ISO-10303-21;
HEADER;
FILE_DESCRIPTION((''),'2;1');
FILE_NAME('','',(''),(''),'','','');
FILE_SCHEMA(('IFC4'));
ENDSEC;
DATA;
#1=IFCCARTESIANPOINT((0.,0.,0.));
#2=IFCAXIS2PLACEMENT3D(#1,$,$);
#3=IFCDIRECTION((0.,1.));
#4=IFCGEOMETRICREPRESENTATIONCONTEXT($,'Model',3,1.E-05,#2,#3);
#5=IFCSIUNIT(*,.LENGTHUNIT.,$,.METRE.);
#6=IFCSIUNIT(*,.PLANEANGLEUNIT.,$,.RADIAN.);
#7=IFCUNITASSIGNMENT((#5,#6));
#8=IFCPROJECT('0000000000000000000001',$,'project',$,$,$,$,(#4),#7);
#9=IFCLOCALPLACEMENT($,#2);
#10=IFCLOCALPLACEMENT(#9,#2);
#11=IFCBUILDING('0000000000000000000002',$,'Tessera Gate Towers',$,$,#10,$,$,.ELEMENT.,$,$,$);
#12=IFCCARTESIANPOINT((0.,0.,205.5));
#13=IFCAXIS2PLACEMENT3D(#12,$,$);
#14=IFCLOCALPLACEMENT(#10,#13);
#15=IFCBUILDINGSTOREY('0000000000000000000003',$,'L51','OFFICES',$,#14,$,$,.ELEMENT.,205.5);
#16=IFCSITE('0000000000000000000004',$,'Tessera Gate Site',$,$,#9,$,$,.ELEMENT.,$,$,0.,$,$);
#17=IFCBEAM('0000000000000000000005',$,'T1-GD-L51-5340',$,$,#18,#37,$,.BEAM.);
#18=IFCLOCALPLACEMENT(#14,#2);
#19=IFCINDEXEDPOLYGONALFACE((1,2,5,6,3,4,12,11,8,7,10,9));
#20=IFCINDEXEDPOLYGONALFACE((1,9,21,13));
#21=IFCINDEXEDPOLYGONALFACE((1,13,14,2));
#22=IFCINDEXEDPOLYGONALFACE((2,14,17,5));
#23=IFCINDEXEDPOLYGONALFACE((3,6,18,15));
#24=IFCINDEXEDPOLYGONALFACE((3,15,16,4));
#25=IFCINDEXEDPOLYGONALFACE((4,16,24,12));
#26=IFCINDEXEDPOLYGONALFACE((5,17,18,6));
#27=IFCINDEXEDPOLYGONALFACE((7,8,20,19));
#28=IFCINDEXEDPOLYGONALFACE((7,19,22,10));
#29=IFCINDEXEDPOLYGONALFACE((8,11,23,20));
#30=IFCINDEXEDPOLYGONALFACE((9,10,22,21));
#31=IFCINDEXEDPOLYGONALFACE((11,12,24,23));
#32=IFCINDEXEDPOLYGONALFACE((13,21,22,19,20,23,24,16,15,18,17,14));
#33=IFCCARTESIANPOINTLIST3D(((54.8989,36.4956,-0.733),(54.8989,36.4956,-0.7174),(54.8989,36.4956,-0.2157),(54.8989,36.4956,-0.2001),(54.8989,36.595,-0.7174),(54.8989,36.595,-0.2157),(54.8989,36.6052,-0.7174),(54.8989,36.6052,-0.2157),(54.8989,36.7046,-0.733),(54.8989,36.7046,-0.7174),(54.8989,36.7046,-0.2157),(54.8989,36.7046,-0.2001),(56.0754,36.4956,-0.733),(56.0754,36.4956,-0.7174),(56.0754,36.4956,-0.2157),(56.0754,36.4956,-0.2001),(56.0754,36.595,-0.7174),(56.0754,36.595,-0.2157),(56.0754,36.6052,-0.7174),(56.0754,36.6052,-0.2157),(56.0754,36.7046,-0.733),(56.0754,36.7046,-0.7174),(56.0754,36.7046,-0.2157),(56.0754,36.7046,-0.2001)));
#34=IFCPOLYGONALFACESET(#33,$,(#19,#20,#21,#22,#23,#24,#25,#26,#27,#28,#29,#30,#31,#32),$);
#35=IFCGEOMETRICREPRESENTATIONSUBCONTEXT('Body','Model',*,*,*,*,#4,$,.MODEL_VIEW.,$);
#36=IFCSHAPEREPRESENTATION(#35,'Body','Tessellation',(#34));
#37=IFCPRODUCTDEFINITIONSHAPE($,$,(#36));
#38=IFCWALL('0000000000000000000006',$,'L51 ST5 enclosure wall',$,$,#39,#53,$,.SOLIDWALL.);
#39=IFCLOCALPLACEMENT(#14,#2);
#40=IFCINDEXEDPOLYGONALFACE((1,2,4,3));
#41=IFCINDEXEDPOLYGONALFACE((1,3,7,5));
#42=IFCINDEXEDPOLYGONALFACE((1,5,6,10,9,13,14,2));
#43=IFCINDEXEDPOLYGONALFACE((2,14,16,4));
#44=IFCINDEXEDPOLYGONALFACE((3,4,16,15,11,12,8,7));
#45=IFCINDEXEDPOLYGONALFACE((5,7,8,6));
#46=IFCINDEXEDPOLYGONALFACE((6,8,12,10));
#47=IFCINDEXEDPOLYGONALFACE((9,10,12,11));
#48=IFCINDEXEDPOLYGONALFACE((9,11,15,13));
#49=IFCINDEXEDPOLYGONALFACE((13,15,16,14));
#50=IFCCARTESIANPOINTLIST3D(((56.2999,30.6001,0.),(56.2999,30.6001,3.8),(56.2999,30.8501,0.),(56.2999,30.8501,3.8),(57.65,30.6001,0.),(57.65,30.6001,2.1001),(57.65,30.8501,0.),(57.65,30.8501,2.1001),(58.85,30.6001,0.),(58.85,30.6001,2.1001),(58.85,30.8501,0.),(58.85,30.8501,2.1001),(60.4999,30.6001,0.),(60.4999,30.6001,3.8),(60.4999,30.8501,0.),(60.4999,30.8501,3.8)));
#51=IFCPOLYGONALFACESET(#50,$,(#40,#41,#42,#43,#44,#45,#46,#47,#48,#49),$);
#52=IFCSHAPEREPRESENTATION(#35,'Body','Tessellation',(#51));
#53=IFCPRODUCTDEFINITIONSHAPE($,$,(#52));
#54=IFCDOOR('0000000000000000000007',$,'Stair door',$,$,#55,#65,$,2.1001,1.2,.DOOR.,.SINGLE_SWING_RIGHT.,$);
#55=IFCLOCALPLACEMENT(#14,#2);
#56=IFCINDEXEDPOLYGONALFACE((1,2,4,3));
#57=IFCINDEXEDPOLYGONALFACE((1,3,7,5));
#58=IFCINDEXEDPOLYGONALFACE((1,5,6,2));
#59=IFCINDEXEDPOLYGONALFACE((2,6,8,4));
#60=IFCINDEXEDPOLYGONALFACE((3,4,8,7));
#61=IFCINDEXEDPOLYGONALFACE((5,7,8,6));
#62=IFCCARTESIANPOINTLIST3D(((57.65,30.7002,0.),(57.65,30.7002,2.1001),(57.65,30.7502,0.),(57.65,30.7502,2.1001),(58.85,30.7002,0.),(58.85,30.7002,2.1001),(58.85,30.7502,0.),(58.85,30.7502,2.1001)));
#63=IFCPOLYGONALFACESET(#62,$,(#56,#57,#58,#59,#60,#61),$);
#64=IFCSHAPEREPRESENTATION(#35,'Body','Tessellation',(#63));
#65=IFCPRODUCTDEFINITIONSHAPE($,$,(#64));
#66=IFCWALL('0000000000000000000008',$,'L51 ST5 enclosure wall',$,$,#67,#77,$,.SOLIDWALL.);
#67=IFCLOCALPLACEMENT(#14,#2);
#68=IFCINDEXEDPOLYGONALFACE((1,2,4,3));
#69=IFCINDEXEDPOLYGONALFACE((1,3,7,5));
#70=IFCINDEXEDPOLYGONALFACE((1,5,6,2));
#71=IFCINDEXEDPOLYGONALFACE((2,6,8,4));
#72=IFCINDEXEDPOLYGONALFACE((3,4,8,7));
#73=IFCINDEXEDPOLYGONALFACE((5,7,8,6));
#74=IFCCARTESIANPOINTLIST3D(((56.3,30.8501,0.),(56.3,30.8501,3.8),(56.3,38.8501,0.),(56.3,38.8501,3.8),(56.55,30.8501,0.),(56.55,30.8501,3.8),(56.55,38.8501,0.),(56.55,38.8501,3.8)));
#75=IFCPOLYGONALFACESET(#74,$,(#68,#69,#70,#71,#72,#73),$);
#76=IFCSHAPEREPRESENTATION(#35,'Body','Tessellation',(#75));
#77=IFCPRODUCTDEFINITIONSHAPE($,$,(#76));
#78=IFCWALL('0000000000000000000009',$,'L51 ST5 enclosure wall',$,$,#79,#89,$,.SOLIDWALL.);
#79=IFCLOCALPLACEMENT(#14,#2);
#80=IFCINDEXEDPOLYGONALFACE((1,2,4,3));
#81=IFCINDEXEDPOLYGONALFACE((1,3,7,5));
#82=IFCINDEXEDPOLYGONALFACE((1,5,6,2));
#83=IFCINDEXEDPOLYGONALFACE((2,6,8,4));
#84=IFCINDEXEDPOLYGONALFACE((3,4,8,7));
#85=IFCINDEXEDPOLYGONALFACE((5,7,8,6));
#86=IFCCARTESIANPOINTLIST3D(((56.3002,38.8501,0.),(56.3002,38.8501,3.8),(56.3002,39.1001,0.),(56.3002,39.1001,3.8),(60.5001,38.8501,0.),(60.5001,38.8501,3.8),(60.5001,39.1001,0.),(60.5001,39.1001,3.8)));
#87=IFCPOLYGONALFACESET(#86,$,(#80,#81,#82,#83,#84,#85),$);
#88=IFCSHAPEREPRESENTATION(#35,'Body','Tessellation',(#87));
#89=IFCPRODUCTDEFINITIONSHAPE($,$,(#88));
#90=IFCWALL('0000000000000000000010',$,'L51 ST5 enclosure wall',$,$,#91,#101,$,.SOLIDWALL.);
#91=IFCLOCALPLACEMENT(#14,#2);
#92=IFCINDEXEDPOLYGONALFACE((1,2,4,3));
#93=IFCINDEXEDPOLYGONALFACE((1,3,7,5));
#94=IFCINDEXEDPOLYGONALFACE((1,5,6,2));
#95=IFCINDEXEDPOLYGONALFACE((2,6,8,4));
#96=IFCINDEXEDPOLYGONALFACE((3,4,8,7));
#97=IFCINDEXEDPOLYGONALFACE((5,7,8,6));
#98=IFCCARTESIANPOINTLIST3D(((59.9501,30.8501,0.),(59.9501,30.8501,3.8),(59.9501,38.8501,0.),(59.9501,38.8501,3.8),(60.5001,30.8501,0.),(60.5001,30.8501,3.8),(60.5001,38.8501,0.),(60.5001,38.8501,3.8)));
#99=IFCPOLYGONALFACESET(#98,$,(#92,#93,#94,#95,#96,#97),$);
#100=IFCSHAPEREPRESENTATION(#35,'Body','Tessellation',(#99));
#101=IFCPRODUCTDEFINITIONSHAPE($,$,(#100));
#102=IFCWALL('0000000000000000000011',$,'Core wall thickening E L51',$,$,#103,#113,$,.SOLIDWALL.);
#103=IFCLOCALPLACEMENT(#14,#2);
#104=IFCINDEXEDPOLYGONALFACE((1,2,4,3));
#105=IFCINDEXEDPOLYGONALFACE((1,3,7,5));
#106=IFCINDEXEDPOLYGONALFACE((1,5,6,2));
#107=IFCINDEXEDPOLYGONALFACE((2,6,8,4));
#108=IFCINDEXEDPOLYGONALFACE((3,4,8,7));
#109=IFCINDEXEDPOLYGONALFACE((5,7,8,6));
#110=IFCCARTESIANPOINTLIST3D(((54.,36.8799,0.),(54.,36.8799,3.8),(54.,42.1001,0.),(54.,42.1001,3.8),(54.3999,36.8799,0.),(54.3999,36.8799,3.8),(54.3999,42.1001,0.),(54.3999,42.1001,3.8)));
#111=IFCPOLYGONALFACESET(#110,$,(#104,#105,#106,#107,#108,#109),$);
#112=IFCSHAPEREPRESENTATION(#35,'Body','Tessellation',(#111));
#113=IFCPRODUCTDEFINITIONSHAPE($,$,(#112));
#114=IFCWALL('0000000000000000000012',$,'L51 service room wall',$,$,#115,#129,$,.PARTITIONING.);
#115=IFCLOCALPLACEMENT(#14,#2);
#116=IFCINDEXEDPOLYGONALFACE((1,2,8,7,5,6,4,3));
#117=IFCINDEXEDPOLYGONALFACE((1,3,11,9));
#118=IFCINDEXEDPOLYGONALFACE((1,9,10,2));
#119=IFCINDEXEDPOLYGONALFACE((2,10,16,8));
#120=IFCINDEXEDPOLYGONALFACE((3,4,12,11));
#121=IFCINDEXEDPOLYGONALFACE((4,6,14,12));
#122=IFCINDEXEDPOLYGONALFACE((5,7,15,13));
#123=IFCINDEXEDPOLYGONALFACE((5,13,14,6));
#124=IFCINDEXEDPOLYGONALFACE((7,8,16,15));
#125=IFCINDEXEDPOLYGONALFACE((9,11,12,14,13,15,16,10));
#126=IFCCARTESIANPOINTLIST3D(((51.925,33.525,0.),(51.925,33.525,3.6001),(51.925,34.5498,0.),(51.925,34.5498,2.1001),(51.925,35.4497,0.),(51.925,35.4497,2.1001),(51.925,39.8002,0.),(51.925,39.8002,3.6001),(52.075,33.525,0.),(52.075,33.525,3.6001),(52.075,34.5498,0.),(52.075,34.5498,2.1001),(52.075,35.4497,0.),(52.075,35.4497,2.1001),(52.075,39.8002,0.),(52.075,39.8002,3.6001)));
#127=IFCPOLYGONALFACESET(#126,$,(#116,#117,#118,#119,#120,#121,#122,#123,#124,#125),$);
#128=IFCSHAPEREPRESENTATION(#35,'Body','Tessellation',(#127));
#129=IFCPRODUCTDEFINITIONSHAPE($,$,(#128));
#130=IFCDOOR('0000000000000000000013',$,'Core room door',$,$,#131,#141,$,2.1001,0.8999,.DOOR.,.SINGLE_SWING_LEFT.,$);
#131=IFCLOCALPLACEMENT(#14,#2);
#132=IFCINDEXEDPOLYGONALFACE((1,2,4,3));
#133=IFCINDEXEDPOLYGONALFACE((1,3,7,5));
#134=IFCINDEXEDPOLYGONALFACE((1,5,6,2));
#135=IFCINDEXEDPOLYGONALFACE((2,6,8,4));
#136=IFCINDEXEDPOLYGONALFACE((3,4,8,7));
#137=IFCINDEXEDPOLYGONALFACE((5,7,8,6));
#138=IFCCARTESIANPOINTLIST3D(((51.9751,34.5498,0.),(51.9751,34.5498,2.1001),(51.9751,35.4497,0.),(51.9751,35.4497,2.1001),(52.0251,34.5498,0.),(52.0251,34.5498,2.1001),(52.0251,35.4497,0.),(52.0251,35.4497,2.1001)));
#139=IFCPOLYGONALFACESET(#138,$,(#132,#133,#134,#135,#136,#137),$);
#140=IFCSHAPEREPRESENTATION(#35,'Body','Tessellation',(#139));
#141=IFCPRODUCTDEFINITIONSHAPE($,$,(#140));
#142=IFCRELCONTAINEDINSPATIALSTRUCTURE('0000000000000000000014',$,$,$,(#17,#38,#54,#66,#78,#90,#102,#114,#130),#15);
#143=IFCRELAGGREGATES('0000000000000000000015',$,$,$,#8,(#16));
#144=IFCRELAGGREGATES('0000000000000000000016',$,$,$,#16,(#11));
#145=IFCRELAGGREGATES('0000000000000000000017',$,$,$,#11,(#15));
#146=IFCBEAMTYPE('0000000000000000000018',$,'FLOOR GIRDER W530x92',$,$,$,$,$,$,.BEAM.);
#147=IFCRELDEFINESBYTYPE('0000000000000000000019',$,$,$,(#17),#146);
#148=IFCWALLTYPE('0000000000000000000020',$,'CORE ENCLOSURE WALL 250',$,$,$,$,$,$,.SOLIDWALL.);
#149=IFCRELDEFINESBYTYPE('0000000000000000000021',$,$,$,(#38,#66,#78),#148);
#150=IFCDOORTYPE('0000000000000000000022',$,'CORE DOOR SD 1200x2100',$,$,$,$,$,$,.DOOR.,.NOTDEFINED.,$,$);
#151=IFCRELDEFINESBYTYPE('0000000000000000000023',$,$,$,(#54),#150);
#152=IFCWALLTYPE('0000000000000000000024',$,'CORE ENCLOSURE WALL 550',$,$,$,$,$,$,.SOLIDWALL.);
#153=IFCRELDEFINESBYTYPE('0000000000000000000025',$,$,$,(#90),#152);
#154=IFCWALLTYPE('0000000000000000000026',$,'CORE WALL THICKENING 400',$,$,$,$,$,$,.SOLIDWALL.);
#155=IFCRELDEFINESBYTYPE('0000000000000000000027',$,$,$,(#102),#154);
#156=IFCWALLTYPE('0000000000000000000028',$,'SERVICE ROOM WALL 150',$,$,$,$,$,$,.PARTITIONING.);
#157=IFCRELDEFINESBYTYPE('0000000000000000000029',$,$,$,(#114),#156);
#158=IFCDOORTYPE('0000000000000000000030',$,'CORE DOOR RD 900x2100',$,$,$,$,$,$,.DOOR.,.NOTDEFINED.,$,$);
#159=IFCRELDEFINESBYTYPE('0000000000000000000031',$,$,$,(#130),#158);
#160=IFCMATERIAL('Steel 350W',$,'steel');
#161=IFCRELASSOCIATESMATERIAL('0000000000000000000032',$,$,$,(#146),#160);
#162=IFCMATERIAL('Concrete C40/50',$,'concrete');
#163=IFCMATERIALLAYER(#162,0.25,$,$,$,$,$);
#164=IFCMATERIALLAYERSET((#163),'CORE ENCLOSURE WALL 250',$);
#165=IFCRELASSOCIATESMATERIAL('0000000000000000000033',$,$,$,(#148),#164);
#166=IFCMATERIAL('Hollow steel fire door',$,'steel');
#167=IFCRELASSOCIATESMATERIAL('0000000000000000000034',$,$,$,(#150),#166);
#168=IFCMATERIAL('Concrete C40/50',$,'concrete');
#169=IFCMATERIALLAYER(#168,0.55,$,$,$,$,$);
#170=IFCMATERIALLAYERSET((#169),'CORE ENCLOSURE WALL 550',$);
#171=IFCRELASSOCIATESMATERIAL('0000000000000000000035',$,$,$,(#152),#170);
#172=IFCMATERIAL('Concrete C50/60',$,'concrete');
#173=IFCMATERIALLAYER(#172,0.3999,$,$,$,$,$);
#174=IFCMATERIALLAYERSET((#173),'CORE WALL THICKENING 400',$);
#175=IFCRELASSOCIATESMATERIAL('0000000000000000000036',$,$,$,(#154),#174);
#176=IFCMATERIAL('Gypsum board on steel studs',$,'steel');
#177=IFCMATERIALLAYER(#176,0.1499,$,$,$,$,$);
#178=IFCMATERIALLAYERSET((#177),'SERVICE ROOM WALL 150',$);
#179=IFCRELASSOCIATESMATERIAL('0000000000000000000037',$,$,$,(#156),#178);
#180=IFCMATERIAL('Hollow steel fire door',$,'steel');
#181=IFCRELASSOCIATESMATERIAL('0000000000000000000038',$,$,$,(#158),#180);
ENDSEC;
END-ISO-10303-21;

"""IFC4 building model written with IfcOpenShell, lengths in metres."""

from ifc_helpers import new_model, si_unit, direction, frame, frame_2d, origin, origin_2d, place, context, subcontext, project, spatial, rectangle, i_section, extrude, source, transform, mapped, material, layer, layer_set, material_profile, profile_set, type_object, element, fill, save


model = new_model("IFC4")

# Units and contexts
model_context = context("Model", 3, precision=1e-05, world=origin(), true_north=direction((0.0, 1.0)))
body_context = subcontext(model_context, "Body", "Model", "MODEL_VIEW")
ifc_project = project(units=[si_unit("LENGTHUNIT", "METRE"), si_unit("PLANEANGLEUNIT", "RADIAN")], contexts=[model_context])

# Site, building, storey
site_placement = place(None, origin())
site = spatial("IfcSite", under=ifc_project, at=site_placement, Name="Tessera Gate Site", CompositionType="ELEMENT", RefElevation=0.0)
building_placement = place(site_placement, origin())
building = spatial("IfcBuilding", under=site, at=building_placement, Name="Tessera Gate Towers", CompositionType="ELEMENT")
storey_placement = place(building_placement, frame((0.0, 0.0, 205.5)))
storey = spatial("IfcBuildingStorey", under=building, at=storey_placement, Name="L51", Description="OFFICES", CompositionType="ELEMENT", Elevation=205.5)

# Beam
ifc_material_1 = material(Name="Steel 350W", Category="steel")
ifc_material_profile = material_profile(ifc_material_1, i_section(OverallWidth=0.209, OverallDepth=0.533, WebThickness=0.0103, FlangeThickness=0.0156, at=origin_2d()), Name="W530x92")
ifc_profile_set = profile_set([ifc_material_profile], Name="Steel 350W")
beam_type = type_object("IfcBeamType", Name="FLOOR GIRDER W530x92", PredefinedType="BEAM", material=ifc_profile_set)
beam_placement = place(storey_placement, frame((54.8989, 36.6001, -0.4666), z_axis=(1.0, 0.0, 0.0), x_axis=(0.0, 1.0, 0.0)))
element("IfcBeam", 1, at=beam_placement, inside=storey, type_object=beam_type, Name="T1-GD-L51-5340", PredefinedType="BEAM", context=body_context, shape_type="SweptSolid", body=[
    extrude(i_section(OverallWidth=0.209, OverallDepth=0.533, WebThickness=0.0103, FlangeThickness=0.0156, at=origin_2d()), origin(), (0.0, 0.0, 1.0), 1.1765),
])

# Wall, opening, door
ifc_material_2 = material(Name="Concrete C40/50", Category="concrete")
ifc_layer_1 = layer(ifc_material_2, 0.25)
ifc_layer_set_1 = layer_set([ifc_layer_1], Name="CORE ENCLOSURE WALL 250")
wall_type_1 = type_object("IfcWallType", Name="CORE ENCLOSURE WALL 250", PredefinedType="SOLIDWALL", material=ifc_layer_set_1)
wall_1_placement = place(storey_placement, frame((60.5, 30.7251, 0.0), z_axis=(0.0, 0.0, 1.0), x_axis=(-1.0, 0.0, 0.0)))
wall_1 = element("IfcWall", 2, at=wall_1_placement, inside=storey, type_object=wall_type_1, Name="L51 ST5 enclosure wall", PredefinedType="SOLIDWALL", context=body_context, shape_type="SweptSolid", body=[
    extrude(rectangle(XDim=4.2, YDim=0.25, at=frame_2d((2.1001, 0.0))), origin(), (0.0, 0.0, 1.0), 3.8),
])
shared_shape_1 = source(origin(), body_context, "Body", "SweptSolid", [
    extrude(rectangle(XDim=1.2, YDim=2.1001, at=frame_2d((0.6001, 1.05))), frame((0.0, 0.135, 0.0), z_axis=(0.0, -1.0, 0.0), x_axis=(1.0, 0.0, 0.0)), (0.0, 0.0, 1.0), 0.27),
])
opening_1_placement = place(wall_1_placement, frame((1.6499, 0.0, 0.0)))
opening_1 = element("IfcOpeningElement", 3, at=opening_1_placement, cuts=wall_1, PredefinedType="OPENING", context=body_context, shape_type="MappedRepresentation", body=[
    mapped(shared_shape_1, transform((0.0, 0.0, 0.0), scale=1.0)),
])
ifc_material_3 = material(Name="Hollow steel fire door", Category="steel")
door_type_1 = type_object("IfcDoorType", Name="CORE DOOR SD 1200x2100", OperationType="NOTDEFINED", PredefinedType="DOOR", material=ifc_material_3)
shared_shape_2 = source(origin(), body_context, "Body", "SweptSolid", [
    extrude(rectangle(XDim=1.2, YDim=2.1001, at=frame_2d((0.6001, 1.05))), frame((0.0, 0.0249, 0.0), z_axis=(0.0, -1.0, 0.0), x_axis=(1.0, 0.0, 0.0)), (0.0, 0.0, 1.0), 0.05),
])
door_1_placement = place(opening_1_placement, origin())
door_1 = element("IfcDoor", 4, at=door_1_placement, inside=storey, type_object=door_type_1, Name="Stair door", OperationType="SINGLE_SWING_RIGHT", OverallHeight=2.1001, OverallWidth=1.2, PredefinedType="DOOR", context=body_context, shape_type="MappedRepresentation", body=[
    mapped(shared_shape_2, transform((0.0, 0.0, 0.0), scale=1.0)),
])
fill(opening_1, door_1)

# Walls
wall_2_placement = place(storey_placement, frame((56.425, 30.8501, 0.0), z_axis=(0.0, 0.0, 1.0), x_axis=(0.0, 1.0, 0.0)))
element("IfcWall", 5, at=wall_2_placement, inside=storey, type_object=wall_type_1, Name="L51 ST5 enclosure wall", PredefinedType="SOLIDWALL", context=body_context, shape_type="SweptSolid", body=[
    extrude(rectangle(XDim=8.0, YDim=0.25, at=frame_2d((4.0, 0.0))), origin(), (0.0, 0.0, 1.0), 3.8),
])
wall_3_placement = place(storey_placement, frame((56.3, 38.9751, 0.0), z_axis=(0.0, 0.0, 1.0), x_axis=(1.0, 0.0, 0.0)))
element("IfcWall", 6, at=wall_3_placement, inside=storey, type_object=wall_type_1, Name="L51 ST5 enclosure wall", PredefinedType="SOLIDWALL", context=body_context, shape_type="SweptSolid", body=[
    extrude(rectangle(XDim=4.2, YDim=0.25, at=frame_2d((2.1001, 0.0))), origin(), (0.0, 0.0, 1.0), 3.8),
])
ifc_material_4 = material(Name="Concrete C40/50", Category="concrete")
ifc_layer_2 = layer(ifc_material_4, 0.55)
ifc_layer_set_2 = layer_set([ifc_layer_2], Name="CORE ENCLOSURE WALL 550")
wall_type_2 = type_object("IfcWallType", Name="CORE ENCLOSURE WALL 550", PredefinedType="SOLIDWALL", material=ifc_layer_set_2)
wall_4_placement = place(storey_placement, frame((60.2251, 38.8501, 0.0), z_axis=(0.0, 0.0, 1.0), x_axis=(0.0, -1.0, 0.0)))
element("IfcWall", 7, at=wall_4_placement, inside=storey, type_object=wall_type_2, Name="L51 ST5 enclosure wall", PredefinedType="SOLIDWALL", context=body_context, shape_type="SweptSolid", body=[
    extrude(rectangle(XDim=8.0, YDim=0.55, at=frame_2d((4.0, 0.0))), origin(), (0.0, 0.0, 1.0), 3.8),
])
ifc_material_5 = material(Name="Concrete C50/60", Category="concrete")
ifc_layer_3 = layer(ifc_material_5, 0.3999)
ifc_layer_set_3 = layer_set([ifc_layer_3], Name="CORE WALL THICKENING 400")
wall_type_3 = type_object("IfcWallType", Name="CORE WALL THICKENING 400", PredefinedType="SOLIDWALL", material=ifc_layer_set_3)
wall_5_placement = place(storey_placement, frame((54.2, 36.8799, 0.0), z_axis=(0.0, 0.0, 1.0), x_axis=(0.0, 1.0, 0.0)))
element("IfcWall", 8, at=wall_5_placement, inside=storey, type_object=wall_type_3, Name="Core wall thickening E L51", PredefinedType="SOLIDWALL", context=body_context, shape_type="SweptSolid", body=[
    extrude(rectangle(XDim=5.2202, YDim=0.3999, at=frame_2d((2.6101, 0.0))), origin(), (0.0, 0.0, 1.0), 3.8),
])

# Wall, opening, door
ifc_material_6 = material(Name="Gypsum board on steel studs", Category="steel")
ifc_layer_4 = layer(ifc_material_6, 0.1499)
ifc_layer_set_4 = layer_set([ifc_layer_4], Name="SERVICE ROOM WALL 150")
wall_type_4 = type_object("IfcWallType", Name="SERVICE ROOM WALL 150", PredefinedType="PARTITIONING", material=ifc_layer_set_4)
wall_6_placement = place(storey_placement, frame((52.0, 33.5249, 0.0), z_axis=(0.0, 0.0, 1.0), x_axis=(0.0, 1.0, 0.0)))
wall_6 = element("IfcWall", 9, at=wall_6_placement, inside=storey, type_object=wall_type_4, Name="L51 service room wall", PredefinedType="PARTITIONING", context=body_context, shape_type="SweptSolid", body=[
    extrude(rectangle(XDim=6.2751, YDim=0.1499, at=frame_2d((3.1377, 0.0))), origin(), (0.0, 0.0, 1.0), 3.6001),
])
shared_shape_3 = source(origin(), body_context, "Body", "SweptSolid", [
    extrude(rectangle(XDim=0.8999, YDim=2.1001, at=frame_2d((0.45, 1.05))), frame((0.0, 0.085, 0.0), z_axis=(0.0, -1.0, 0.0), x_axis=(1.0, 0.0, 0.0)), (0.0, 0.0, 1.0), 0.1699),
])
opening_2_placement = place(wall_6_placement, frame((1.0249, 0.0, 0.0)))
opening_2 = element("IfcOpeningElement", 10, at=opening_2_placement, cuts=wall_6, PredefinedType="OPENING", context=body_context, shape_type="MappedRepresentation", body=[
    mapped(shared_shape_3, transform((0.0, 0.0, 0.0), scale=1.0)),
])
ifc_material_7 = material(Name="Hollow steel fire door", Category="steel")
door_type_2 = type_object("IfcDoorType", Name="CORE DOOR RD 900x2100", OperationType="NOTDEFINED", PredefinedType="DOOR", material=ifc_material_7)
shared_shape_4 = source(origin(), body_context, "Body", "SweptSolid", [
    extrude(rectangle(XDim=0.8999, YDim=2.1001, at=frame_2d((0.45, 1.05))), frame((0.0, 0.0249, 0.0), z_axis=(0.0, -1.0, 0.0), x_axis=(1.0, 0.0, 0.0)), (0.0, 0.0, 1.0), 0.05),
])
door_2_placement = place(opening_2_placement, origin())
door_2 = element("IfcDoor", 11, at=door_2_placement, inside=storey, type_object=door_type_2, Name="Core room door", OperationType="SINGLE_SWING_LEFT", OverallHeight=2.1001, OverallWidth=0.8999, PredefinedType="DOOR", context=body_context, shape_type="MappedRepresentation", body=[
    mapped(shared_shape_4, transform((0.0, 0.0, 0.0), scale=1.0)),
])
fill(opening_2, door_2)

save(model, "model.ifc")
